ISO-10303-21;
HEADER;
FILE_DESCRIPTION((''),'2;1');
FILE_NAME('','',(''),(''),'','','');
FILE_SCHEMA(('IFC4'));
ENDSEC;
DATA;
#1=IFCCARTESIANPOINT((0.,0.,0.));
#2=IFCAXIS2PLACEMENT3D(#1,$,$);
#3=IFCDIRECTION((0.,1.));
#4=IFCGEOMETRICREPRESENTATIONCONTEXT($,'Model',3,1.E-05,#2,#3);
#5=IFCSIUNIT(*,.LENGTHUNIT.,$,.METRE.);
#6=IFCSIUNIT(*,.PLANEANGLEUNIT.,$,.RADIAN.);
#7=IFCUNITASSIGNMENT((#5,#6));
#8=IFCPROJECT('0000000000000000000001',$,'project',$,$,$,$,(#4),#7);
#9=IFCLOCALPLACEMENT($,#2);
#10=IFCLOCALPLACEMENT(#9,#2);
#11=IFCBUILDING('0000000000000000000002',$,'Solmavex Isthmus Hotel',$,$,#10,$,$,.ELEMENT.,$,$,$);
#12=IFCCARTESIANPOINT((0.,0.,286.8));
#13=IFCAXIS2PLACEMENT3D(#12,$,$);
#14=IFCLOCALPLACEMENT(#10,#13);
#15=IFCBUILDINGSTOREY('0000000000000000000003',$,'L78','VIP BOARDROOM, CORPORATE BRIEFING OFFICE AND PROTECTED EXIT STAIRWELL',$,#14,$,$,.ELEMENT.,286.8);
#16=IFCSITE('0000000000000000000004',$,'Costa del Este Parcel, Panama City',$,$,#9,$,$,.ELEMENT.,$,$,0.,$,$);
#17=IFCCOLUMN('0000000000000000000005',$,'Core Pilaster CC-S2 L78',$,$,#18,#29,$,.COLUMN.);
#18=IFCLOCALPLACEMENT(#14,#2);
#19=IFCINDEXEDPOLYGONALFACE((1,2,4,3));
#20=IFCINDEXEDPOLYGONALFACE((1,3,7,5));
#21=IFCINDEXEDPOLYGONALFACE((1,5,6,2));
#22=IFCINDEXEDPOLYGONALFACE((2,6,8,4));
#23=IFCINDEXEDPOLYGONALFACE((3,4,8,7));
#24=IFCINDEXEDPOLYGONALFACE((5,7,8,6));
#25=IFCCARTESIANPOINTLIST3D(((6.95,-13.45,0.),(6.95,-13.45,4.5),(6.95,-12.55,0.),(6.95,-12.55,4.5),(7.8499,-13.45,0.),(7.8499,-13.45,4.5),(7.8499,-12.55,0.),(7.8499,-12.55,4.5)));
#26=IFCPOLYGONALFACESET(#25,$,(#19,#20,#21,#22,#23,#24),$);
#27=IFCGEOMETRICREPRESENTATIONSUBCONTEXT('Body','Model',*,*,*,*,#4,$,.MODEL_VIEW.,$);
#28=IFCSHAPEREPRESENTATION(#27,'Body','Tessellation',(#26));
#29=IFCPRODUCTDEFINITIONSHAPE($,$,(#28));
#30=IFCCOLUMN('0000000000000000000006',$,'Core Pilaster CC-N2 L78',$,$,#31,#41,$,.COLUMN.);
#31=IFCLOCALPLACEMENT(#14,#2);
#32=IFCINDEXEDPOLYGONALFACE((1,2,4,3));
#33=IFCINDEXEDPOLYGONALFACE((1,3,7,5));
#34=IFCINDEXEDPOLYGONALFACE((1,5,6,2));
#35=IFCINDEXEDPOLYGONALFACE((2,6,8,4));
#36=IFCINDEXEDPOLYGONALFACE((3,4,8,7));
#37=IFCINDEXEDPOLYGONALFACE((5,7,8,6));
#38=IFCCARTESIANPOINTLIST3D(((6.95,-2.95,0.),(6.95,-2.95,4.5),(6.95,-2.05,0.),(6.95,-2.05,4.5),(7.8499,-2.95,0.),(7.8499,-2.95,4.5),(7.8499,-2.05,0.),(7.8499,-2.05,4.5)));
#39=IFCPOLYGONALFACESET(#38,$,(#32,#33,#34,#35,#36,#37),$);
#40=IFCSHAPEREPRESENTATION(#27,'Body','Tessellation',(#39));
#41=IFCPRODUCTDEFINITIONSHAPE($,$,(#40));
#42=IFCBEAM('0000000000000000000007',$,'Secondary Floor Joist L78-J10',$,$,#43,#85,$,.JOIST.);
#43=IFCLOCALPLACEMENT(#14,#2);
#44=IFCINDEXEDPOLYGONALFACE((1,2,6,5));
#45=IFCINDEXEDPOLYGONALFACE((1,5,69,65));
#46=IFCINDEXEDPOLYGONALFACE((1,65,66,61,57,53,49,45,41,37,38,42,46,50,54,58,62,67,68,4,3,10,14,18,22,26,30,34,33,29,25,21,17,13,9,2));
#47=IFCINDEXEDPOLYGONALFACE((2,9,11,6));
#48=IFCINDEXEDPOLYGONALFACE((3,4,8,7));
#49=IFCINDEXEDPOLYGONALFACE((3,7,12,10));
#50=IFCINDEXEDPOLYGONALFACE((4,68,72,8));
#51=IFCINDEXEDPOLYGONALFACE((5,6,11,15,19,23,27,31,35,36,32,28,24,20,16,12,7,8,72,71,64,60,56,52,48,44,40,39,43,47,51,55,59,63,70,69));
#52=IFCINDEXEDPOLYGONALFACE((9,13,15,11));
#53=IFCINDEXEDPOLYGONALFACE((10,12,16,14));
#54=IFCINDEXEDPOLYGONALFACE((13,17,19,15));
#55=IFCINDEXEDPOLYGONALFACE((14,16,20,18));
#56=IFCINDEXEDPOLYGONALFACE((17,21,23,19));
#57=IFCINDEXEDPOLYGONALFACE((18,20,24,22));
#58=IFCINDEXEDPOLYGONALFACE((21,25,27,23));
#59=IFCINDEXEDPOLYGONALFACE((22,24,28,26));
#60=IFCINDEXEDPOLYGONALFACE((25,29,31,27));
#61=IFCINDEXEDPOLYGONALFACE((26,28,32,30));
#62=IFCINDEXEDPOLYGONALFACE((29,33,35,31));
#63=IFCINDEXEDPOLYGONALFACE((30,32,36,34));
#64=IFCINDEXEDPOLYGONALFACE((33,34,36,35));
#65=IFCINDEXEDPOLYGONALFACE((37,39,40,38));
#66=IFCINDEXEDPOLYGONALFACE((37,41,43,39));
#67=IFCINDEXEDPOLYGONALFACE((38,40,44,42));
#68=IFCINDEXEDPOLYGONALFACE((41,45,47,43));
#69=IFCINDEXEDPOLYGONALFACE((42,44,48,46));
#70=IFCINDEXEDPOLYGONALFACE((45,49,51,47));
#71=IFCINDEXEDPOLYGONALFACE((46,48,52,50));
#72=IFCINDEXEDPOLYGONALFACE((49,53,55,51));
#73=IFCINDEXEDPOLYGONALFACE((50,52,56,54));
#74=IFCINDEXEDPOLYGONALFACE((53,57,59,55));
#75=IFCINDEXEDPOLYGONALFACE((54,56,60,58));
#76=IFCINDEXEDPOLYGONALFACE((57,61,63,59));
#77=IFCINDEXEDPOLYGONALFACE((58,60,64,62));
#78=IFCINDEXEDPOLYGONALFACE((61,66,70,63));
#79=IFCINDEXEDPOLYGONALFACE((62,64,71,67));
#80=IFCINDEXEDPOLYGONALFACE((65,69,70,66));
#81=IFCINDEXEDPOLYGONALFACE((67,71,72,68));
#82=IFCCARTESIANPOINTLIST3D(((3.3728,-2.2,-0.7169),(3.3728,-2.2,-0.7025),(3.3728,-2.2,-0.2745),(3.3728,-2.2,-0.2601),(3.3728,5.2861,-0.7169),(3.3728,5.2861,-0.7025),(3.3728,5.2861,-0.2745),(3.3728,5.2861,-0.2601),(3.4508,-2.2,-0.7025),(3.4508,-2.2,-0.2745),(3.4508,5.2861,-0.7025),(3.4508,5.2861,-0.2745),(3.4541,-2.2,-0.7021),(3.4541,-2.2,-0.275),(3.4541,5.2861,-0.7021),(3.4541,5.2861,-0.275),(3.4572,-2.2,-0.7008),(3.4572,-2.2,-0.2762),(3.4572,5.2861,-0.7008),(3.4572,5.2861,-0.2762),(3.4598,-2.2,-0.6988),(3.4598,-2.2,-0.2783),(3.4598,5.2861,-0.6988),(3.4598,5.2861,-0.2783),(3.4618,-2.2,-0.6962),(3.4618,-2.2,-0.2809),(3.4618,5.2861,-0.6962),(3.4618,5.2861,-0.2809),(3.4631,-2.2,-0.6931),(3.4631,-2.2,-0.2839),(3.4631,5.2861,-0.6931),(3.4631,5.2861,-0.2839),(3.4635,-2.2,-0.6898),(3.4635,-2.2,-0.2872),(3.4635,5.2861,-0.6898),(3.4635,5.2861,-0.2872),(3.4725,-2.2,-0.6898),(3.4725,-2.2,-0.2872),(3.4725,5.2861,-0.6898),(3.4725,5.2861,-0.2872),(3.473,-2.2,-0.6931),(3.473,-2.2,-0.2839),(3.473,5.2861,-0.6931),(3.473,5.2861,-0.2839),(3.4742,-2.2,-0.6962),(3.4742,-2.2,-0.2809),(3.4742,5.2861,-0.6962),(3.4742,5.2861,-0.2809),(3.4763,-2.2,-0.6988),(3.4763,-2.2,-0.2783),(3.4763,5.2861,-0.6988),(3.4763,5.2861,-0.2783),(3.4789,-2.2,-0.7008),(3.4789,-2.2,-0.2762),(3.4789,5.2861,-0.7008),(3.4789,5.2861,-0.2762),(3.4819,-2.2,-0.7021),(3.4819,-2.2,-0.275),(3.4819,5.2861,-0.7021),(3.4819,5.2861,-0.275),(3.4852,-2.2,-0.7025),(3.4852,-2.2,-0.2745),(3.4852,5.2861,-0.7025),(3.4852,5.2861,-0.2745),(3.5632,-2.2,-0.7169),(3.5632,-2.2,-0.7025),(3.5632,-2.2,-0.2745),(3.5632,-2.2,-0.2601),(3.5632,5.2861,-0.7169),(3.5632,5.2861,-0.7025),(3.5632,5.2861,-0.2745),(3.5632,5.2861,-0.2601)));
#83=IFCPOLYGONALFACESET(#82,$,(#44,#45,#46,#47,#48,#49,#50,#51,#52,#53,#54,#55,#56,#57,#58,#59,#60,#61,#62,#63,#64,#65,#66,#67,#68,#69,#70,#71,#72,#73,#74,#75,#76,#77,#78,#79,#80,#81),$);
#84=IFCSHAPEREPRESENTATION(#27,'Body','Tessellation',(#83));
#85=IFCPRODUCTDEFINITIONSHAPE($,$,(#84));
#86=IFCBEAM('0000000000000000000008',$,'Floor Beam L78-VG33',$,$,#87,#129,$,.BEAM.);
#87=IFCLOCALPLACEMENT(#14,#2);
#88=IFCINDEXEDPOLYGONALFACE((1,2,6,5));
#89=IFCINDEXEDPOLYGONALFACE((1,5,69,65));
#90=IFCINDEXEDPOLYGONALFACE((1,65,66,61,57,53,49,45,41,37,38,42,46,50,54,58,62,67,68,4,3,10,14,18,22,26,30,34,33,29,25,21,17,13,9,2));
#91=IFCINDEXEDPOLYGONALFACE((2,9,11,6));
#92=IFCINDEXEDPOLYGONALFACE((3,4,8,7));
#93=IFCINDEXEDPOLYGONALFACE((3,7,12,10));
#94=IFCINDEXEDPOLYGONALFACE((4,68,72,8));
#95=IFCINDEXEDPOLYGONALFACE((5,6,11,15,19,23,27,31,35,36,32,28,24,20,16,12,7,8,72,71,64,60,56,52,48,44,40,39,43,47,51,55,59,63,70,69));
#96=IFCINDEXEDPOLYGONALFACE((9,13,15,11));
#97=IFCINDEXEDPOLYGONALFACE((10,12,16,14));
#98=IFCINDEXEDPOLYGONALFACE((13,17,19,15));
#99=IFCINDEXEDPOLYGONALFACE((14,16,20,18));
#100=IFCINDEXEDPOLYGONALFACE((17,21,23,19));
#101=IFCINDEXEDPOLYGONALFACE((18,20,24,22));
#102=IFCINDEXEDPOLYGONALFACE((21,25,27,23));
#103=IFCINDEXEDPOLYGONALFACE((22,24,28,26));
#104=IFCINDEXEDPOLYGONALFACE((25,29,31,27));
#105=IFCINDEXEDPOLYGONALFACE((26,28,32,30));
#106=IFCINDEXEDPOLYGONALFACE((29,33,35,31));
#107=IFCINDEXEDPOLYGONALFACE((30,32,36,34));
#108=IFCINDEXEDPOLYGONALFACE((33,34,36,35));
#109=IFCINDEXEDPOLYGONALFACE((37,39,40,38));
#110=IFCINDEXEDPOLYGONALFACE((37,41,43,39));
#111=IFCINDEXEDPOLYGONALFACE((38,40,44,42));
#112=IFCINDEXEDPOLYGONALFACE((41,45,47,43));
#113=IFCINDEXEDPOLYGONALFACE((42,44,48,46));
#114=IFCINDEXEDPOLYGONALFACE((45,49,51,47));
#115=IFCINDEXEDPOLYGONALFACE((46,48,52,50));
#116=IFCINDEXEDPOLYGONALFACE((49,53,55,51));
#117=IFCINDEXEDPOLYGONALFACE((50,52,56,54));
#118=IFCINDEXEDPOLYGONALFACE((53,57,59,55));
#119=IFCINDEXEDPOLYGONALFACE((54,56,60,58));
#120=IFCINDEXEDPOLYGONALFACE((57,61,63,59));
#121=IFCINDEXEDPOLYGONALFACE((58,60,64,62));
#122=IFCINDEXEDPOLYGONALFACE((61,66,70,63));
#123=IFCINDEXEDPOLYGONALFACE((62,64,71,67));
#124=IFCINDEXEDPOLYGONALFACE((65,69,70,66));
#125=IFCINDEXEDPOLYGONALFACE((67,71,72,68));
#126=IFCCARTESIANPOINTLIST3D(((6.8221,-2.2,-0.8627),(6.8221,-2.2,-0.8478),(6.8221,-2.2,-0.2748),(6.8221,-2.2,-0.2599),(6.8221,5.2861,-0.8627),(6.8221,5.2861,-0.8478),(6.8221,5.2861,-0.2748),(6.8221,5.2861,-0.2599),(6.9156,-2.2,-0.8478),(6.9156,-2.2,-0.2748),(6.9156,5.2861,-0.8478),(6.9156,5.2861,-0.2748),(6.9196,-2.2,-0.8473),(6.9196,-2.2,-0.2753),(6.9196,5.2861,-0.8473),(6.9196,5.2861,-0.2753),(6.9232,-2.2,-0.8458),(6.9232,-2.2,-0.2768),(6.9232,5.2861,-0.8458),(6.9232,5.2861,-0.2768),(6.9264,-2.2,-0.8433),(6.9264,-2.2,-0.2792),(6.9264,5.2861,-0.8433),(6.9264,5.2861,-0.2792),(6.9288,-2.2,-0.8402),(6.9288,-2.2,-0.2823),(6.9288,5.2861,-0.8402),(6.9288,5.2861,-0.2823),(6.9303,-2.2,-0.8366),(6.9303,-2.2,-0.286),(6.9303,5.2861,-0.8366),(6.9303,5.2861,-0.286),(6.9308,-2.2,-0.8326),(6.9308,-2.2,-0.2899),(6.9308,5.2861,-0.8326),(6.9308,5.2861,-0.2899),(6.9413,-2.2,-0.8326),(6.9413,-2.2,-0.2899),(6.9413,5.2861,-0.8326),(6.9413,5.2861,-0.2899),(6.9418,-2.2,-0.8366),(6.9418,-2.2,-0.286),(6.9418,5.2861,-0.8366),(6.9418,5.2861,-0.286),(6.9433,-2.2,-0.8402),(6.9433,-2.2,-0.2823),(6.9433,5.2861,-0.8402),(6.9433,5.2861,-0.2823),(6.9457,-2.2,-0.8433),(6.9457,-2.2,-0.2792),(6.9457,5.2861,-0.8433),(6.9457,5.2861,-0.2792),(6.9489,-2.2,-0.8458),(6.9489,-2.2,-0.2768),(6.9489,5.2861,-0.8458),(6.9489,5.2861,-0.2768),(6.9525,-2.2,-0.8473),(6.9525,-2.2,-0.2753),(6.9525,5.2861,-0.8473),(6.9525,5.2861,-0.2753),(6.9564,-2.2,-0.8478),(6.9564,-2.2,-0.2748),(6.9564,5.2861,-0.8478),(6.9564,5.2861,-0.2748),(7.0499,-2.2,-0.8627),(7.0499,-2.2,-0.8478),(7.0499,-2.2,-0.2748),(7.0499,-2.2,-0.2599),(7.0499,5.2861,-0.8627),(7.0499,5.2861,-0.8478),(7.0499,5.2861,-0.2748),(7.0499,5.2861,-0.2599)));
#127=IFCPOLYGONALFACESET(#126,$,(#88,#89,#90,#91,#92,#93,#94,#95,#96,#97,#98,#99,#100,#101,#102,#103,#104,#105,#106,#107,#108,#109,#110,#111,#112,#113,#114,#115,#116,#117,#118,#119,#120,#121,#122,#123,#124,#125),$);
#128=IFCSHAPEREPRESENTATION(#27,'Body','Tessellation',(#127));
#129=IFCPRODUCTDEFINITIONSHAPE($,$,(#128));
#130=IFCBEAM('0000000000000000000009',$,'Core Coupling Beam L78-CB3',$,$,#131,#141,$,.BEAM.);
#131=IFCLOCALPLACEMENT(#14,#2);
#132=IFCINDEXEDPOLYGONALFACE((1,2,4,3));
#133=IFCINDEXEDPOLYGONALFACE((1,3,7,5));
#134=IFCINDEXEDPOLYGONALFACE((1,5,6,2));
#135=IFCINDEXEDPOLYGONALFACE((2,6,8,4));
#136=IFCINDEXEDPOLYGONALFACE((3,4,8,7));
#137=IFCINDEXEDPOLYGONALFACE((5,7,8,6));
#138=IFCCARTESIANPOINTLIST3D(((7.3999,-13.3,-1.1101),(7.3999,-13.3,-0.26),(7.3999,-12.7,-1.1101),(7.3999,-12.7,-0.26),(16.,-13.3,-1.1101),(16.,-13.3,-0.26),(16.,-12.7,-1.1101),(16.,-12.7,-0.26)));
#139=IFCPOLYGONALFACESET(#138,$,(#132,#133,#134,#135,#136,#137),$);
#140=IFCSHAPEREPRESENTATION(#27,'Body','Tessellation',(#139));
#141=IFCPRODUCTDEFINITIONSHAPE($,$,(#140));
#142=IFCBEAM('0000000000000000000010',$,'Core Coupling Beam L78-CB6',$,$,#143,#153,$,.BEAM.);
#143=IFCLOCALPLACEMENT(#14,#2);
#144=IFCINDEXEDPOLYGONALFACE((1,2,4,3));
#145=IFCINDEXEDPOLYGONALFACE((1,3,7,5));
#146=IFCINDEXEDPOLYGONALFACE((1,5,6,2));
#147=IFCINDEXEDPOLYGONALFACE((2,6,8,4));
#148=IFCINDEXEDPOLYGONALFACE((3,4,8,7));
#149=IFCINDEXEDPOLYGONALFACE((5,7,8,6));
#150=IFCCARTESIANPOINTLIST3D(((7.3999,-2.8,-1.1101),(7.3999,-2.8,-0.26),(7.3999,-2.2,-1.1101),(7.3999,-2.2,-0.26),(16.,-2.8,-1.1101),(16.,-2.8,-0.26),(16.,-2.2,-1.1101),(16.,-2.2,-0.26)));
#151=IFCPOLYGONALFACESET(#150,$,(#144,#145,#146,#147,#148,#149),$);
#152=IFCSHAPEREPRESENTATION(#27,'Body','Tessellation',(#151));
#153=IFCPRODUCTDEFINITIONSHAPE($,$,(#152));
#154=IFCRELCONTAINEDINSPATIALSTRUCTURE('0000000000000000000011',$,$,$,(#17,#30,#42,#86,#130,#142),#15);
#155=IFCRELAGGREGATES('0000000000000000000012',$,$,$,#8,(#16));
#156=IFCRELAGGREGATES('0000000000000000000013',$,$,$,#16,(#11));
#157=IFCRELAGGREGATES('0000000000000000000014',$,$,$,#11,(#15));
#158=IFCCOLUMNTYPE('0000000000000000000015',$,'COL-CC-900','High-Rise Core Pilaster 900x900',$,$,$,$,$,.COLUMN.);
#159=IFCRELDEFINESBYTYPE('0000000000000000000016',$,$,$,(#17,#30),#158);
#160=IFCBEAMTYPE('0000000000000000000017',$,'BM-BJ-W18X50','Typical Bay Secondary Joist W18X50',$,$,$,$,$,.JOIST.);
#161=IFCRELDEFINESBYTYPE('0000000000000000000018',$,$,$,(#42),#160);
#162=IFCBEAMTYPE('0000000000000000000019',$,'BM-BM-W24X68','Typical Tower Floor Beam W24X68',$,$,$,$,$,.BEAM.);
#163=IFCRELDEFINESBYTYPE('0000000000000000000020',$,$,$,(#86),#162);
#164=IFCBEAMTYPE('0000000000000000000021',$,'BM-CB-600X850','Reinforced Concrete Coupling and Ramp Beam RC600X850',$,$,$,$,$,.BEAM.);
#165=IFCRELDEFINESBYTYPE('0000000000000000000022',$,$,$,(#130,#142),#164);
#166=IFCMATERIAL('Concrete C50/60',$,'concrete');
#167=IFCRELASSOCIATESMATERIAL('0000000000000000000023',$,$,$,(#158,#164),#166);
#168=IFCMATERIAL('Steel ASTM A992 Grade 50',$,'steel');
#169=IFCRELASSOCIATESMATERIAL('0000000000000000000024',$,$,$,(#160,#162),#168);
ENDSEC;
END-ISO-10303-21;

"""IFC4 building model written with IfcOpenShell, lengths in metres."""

from ifc_helpers import new_model, si_unit, direction, frame, origin, origin_2d, place, context, subcontext, project, spatial, rectangle, i_section, extrude, material, material_profile, profile_set, type_object, element, save


model = new_model("IFC4")

# Units and contexts
model_context = context("Model", 3, precision=1e-05, world=origin(), true_north=direction((0.0, 1.0)))
body_context = subcontext(model_context, "Body", "Model", "MODEL_VIEW")
ifc_project = project(units=[si_unit("LENGTHUNIT", "METRE"), si_unit("PLANEANGLEUNIT", "RADIAN")], contexts=[model_context])

# Site, building, storey
site_placement = place(None, origin())
site = spatial("IfcSite", under=ifc_project, at=site_placement, Name="Costa del Este Parcel, Panama City", CompositionType="ELEMENT", RefElevation=0.0)
building_placement = place(site_placement, origin())
building = spatial("IfcBuilding", under=site, at=building_placement, Name="Solmavex Isthmus Hotel", CompositionType="ELEMENT")
storey_placement = place(building_placement, frame((0.0, 0.0, 286.8)))
storey = spatial("IfcBuildingStorey", under=building, at=storey_placement, Name="L78", Description="VIP BOARDROOM, CORPORATE BRIEFING OFFICE AND PROTECTED EXIT STAIRWELL", CompositionType="ELEMENT", Elevation=286.8)

# Columns
ifc_material_1 = material(Name="Concrete C50/60", Category="concrete")
ifc_material_profile_1 = material_profile(ifc_material_1, rectangle(XDim=0.8999, YDim=0.8999, at=origin_2d()), Name="RC900X900")
ifc_profile_set_1 = profile_set([ifc_material_profile_1], Name="Concrete C50/60")
column_type = type_object("IfcColumnType", Name="COL-CC-900", Description="High-Rise Core Pilaster 900x900", PredefinedType="COLUMN", material=ifc_profile_set_1)
for number, where, z_axis, x_axis, name in (
    (1, (7.3999, -13.0, 0.0), (0.0, 0.0, 1.0), (1.0, 0.0, 0.0), "Core Pilaster CC-S2 L78"),
    (2, (7.3999, -2.5, 0.0), (0.0, 0.0, 1.0), (1.0, 0.0, 0.0), "Core Pilaster CC-N2 L78"),
):
    element("IfcColumn", number, at=place(storey_placement, frame(where, z_axis=z_axis, x_axis=x_axis)), inside=storey, type_object=column_type, Name=name, PredefinedType="COLUMN", context=body_context, shape_type="SweptSolid", body=[
        extrude(rectangle(XDim=0.8999, YDim=0.8999, at=origin_2d()), origin(), (0.0, 0.0, 1.0), 4.5),
    ])

# Beams
ifc_material_2 = material(Name="Steel ASTM A992 Grade 50", Category="steel")
ifc_material_profile_2 = material_profile(ifc_material_2, i_section(OverallWidth=0.1904, OverallDepth=0.4568, WebThickness=0.009, FlangeThickness=0.0144, FilletRadius=0.0127, at=origin_2d()), Name="W18X50")
ifc_profile_set_2 = profile_set([ifc_material_profile_2], Name="Steel ASTM A992 Grade 50")
beam_type_1 = type_object("IfcBeamType", Name="BM-BJ-W18X50", Description="Typical Bay Secondary Joist W18X50", PredefinedType="JOIST", material=ifc_profile_set_2)
beam_1_placement = place(storey_placement, frame((3.468, -2.2, -0.4885), z_axis=(0.0, 1.0, 0.0), x_axis=(-1.0, 0.0, 0.0)))
element("IfcBeam", 3, at=beam_1_placement, inside=storey, type_object=beam_type_1, Name="Secondary Floor Joist L78-J10", PredefinedType="JOIST", context=body_context, shape_type="SweptSolid", body=[
    extrude(i_section(OverallWidth=0.1904, OverallDepth=0.4568, WebThickness=0.009, FlangeThickness=0.0144, FilletRadius=0.0127, at=origin_2d()), origin(), (0.0, 0.0, 1.0), 7.4861),
])
ifc_material_profile_3 = material_profile(ifc_material_2, i_section(OverallWidth=0.2278, OverallDepth=0.6028, WebThickness=0.0105, FlangeThickness=0.0149, FilletRadius=0.0151, at=origin_2d()), Name="W24X68")
ifc_profile_set_3 = profile_set([ifc_material_profile_3], Name="Steel ASTM A992 Grade 50")
beam_type_2 = type_object("IfcBeamType", Name="BM-BM-W24X68", Description="Typical Tower Floor Beam W24X68", PredefinedType="BEAM", material=ifc_profile_set_3)
beam_2_placement = place(storey_placement, frame((6.936, -2.2, -0.5613), z_axis=(0.0, 1.0, 0.0), x_axis=(-1.0, 0.0, 0.0)))
element("IfcBeam", 4, at=beam_2_placement, inside=storey, type_object=beam_type_2, Name="Floor Beam L78-VG33", PredefinedType="BEAM", context=body_context, shape_type="SweptSolid", body=[
    extrude(i_section(OverallWidth=0.2278, OverallDepth=0.6028, WebThickness=0.0105, FlangeThickness=0.0149, FilletRadius=0.0151, at=origin_2d()), origin(), (0.0, 0.0, 1.0), 7.4861),
])
ifc_material_profile_4 = material_profile(ifc_material_1, rectangle(XDim=0.6001, YDim=0.8501, at=origin_2d()), Name="RC600X850")
ifc_profile_set_4 = profile_set([ifc_material_profile_4], Name="Concrete C50/60")
beam_type_3 = type_object("IfcBeamType", Name="BM-CB-600X850", Description="Reinforced Concrete Coupling and Ramp Beam RC600X850", PredefinedType="BEAM", material=ifc_profile_set_4)
for number, where, z_axis, x_axis, name in (
    (5, (7.3999, -13.0, -0.6851), (1.0, 0.0, 0.0), (0.0, 1.0, 0.0), "Core Coupling Beam L78-CB3"),
    (6, (7.3999, -2.5, -0.6851), (1.0, 0.0, 0.0), (0.0, 1.0, 0.0), "Core Coupling Beam L78-CB6"),
):
    element("IfcBeam", number, at=place(storey_placement, frame(where, z_axis=z_axis, x_axis=x_axis)), inside=storey, type_object=beam_type_3, Name=name, PredefinedType="BEAM", context=body_context, shape_type="SweptSolid", body=[
        extrude(rectangle(XDim=0.6001, YDim=0.8501, at=origin_2d()), origin(), (0.0, 0.0, 1.0), 8.6001),
    ])

save(model, "model.ifc")
